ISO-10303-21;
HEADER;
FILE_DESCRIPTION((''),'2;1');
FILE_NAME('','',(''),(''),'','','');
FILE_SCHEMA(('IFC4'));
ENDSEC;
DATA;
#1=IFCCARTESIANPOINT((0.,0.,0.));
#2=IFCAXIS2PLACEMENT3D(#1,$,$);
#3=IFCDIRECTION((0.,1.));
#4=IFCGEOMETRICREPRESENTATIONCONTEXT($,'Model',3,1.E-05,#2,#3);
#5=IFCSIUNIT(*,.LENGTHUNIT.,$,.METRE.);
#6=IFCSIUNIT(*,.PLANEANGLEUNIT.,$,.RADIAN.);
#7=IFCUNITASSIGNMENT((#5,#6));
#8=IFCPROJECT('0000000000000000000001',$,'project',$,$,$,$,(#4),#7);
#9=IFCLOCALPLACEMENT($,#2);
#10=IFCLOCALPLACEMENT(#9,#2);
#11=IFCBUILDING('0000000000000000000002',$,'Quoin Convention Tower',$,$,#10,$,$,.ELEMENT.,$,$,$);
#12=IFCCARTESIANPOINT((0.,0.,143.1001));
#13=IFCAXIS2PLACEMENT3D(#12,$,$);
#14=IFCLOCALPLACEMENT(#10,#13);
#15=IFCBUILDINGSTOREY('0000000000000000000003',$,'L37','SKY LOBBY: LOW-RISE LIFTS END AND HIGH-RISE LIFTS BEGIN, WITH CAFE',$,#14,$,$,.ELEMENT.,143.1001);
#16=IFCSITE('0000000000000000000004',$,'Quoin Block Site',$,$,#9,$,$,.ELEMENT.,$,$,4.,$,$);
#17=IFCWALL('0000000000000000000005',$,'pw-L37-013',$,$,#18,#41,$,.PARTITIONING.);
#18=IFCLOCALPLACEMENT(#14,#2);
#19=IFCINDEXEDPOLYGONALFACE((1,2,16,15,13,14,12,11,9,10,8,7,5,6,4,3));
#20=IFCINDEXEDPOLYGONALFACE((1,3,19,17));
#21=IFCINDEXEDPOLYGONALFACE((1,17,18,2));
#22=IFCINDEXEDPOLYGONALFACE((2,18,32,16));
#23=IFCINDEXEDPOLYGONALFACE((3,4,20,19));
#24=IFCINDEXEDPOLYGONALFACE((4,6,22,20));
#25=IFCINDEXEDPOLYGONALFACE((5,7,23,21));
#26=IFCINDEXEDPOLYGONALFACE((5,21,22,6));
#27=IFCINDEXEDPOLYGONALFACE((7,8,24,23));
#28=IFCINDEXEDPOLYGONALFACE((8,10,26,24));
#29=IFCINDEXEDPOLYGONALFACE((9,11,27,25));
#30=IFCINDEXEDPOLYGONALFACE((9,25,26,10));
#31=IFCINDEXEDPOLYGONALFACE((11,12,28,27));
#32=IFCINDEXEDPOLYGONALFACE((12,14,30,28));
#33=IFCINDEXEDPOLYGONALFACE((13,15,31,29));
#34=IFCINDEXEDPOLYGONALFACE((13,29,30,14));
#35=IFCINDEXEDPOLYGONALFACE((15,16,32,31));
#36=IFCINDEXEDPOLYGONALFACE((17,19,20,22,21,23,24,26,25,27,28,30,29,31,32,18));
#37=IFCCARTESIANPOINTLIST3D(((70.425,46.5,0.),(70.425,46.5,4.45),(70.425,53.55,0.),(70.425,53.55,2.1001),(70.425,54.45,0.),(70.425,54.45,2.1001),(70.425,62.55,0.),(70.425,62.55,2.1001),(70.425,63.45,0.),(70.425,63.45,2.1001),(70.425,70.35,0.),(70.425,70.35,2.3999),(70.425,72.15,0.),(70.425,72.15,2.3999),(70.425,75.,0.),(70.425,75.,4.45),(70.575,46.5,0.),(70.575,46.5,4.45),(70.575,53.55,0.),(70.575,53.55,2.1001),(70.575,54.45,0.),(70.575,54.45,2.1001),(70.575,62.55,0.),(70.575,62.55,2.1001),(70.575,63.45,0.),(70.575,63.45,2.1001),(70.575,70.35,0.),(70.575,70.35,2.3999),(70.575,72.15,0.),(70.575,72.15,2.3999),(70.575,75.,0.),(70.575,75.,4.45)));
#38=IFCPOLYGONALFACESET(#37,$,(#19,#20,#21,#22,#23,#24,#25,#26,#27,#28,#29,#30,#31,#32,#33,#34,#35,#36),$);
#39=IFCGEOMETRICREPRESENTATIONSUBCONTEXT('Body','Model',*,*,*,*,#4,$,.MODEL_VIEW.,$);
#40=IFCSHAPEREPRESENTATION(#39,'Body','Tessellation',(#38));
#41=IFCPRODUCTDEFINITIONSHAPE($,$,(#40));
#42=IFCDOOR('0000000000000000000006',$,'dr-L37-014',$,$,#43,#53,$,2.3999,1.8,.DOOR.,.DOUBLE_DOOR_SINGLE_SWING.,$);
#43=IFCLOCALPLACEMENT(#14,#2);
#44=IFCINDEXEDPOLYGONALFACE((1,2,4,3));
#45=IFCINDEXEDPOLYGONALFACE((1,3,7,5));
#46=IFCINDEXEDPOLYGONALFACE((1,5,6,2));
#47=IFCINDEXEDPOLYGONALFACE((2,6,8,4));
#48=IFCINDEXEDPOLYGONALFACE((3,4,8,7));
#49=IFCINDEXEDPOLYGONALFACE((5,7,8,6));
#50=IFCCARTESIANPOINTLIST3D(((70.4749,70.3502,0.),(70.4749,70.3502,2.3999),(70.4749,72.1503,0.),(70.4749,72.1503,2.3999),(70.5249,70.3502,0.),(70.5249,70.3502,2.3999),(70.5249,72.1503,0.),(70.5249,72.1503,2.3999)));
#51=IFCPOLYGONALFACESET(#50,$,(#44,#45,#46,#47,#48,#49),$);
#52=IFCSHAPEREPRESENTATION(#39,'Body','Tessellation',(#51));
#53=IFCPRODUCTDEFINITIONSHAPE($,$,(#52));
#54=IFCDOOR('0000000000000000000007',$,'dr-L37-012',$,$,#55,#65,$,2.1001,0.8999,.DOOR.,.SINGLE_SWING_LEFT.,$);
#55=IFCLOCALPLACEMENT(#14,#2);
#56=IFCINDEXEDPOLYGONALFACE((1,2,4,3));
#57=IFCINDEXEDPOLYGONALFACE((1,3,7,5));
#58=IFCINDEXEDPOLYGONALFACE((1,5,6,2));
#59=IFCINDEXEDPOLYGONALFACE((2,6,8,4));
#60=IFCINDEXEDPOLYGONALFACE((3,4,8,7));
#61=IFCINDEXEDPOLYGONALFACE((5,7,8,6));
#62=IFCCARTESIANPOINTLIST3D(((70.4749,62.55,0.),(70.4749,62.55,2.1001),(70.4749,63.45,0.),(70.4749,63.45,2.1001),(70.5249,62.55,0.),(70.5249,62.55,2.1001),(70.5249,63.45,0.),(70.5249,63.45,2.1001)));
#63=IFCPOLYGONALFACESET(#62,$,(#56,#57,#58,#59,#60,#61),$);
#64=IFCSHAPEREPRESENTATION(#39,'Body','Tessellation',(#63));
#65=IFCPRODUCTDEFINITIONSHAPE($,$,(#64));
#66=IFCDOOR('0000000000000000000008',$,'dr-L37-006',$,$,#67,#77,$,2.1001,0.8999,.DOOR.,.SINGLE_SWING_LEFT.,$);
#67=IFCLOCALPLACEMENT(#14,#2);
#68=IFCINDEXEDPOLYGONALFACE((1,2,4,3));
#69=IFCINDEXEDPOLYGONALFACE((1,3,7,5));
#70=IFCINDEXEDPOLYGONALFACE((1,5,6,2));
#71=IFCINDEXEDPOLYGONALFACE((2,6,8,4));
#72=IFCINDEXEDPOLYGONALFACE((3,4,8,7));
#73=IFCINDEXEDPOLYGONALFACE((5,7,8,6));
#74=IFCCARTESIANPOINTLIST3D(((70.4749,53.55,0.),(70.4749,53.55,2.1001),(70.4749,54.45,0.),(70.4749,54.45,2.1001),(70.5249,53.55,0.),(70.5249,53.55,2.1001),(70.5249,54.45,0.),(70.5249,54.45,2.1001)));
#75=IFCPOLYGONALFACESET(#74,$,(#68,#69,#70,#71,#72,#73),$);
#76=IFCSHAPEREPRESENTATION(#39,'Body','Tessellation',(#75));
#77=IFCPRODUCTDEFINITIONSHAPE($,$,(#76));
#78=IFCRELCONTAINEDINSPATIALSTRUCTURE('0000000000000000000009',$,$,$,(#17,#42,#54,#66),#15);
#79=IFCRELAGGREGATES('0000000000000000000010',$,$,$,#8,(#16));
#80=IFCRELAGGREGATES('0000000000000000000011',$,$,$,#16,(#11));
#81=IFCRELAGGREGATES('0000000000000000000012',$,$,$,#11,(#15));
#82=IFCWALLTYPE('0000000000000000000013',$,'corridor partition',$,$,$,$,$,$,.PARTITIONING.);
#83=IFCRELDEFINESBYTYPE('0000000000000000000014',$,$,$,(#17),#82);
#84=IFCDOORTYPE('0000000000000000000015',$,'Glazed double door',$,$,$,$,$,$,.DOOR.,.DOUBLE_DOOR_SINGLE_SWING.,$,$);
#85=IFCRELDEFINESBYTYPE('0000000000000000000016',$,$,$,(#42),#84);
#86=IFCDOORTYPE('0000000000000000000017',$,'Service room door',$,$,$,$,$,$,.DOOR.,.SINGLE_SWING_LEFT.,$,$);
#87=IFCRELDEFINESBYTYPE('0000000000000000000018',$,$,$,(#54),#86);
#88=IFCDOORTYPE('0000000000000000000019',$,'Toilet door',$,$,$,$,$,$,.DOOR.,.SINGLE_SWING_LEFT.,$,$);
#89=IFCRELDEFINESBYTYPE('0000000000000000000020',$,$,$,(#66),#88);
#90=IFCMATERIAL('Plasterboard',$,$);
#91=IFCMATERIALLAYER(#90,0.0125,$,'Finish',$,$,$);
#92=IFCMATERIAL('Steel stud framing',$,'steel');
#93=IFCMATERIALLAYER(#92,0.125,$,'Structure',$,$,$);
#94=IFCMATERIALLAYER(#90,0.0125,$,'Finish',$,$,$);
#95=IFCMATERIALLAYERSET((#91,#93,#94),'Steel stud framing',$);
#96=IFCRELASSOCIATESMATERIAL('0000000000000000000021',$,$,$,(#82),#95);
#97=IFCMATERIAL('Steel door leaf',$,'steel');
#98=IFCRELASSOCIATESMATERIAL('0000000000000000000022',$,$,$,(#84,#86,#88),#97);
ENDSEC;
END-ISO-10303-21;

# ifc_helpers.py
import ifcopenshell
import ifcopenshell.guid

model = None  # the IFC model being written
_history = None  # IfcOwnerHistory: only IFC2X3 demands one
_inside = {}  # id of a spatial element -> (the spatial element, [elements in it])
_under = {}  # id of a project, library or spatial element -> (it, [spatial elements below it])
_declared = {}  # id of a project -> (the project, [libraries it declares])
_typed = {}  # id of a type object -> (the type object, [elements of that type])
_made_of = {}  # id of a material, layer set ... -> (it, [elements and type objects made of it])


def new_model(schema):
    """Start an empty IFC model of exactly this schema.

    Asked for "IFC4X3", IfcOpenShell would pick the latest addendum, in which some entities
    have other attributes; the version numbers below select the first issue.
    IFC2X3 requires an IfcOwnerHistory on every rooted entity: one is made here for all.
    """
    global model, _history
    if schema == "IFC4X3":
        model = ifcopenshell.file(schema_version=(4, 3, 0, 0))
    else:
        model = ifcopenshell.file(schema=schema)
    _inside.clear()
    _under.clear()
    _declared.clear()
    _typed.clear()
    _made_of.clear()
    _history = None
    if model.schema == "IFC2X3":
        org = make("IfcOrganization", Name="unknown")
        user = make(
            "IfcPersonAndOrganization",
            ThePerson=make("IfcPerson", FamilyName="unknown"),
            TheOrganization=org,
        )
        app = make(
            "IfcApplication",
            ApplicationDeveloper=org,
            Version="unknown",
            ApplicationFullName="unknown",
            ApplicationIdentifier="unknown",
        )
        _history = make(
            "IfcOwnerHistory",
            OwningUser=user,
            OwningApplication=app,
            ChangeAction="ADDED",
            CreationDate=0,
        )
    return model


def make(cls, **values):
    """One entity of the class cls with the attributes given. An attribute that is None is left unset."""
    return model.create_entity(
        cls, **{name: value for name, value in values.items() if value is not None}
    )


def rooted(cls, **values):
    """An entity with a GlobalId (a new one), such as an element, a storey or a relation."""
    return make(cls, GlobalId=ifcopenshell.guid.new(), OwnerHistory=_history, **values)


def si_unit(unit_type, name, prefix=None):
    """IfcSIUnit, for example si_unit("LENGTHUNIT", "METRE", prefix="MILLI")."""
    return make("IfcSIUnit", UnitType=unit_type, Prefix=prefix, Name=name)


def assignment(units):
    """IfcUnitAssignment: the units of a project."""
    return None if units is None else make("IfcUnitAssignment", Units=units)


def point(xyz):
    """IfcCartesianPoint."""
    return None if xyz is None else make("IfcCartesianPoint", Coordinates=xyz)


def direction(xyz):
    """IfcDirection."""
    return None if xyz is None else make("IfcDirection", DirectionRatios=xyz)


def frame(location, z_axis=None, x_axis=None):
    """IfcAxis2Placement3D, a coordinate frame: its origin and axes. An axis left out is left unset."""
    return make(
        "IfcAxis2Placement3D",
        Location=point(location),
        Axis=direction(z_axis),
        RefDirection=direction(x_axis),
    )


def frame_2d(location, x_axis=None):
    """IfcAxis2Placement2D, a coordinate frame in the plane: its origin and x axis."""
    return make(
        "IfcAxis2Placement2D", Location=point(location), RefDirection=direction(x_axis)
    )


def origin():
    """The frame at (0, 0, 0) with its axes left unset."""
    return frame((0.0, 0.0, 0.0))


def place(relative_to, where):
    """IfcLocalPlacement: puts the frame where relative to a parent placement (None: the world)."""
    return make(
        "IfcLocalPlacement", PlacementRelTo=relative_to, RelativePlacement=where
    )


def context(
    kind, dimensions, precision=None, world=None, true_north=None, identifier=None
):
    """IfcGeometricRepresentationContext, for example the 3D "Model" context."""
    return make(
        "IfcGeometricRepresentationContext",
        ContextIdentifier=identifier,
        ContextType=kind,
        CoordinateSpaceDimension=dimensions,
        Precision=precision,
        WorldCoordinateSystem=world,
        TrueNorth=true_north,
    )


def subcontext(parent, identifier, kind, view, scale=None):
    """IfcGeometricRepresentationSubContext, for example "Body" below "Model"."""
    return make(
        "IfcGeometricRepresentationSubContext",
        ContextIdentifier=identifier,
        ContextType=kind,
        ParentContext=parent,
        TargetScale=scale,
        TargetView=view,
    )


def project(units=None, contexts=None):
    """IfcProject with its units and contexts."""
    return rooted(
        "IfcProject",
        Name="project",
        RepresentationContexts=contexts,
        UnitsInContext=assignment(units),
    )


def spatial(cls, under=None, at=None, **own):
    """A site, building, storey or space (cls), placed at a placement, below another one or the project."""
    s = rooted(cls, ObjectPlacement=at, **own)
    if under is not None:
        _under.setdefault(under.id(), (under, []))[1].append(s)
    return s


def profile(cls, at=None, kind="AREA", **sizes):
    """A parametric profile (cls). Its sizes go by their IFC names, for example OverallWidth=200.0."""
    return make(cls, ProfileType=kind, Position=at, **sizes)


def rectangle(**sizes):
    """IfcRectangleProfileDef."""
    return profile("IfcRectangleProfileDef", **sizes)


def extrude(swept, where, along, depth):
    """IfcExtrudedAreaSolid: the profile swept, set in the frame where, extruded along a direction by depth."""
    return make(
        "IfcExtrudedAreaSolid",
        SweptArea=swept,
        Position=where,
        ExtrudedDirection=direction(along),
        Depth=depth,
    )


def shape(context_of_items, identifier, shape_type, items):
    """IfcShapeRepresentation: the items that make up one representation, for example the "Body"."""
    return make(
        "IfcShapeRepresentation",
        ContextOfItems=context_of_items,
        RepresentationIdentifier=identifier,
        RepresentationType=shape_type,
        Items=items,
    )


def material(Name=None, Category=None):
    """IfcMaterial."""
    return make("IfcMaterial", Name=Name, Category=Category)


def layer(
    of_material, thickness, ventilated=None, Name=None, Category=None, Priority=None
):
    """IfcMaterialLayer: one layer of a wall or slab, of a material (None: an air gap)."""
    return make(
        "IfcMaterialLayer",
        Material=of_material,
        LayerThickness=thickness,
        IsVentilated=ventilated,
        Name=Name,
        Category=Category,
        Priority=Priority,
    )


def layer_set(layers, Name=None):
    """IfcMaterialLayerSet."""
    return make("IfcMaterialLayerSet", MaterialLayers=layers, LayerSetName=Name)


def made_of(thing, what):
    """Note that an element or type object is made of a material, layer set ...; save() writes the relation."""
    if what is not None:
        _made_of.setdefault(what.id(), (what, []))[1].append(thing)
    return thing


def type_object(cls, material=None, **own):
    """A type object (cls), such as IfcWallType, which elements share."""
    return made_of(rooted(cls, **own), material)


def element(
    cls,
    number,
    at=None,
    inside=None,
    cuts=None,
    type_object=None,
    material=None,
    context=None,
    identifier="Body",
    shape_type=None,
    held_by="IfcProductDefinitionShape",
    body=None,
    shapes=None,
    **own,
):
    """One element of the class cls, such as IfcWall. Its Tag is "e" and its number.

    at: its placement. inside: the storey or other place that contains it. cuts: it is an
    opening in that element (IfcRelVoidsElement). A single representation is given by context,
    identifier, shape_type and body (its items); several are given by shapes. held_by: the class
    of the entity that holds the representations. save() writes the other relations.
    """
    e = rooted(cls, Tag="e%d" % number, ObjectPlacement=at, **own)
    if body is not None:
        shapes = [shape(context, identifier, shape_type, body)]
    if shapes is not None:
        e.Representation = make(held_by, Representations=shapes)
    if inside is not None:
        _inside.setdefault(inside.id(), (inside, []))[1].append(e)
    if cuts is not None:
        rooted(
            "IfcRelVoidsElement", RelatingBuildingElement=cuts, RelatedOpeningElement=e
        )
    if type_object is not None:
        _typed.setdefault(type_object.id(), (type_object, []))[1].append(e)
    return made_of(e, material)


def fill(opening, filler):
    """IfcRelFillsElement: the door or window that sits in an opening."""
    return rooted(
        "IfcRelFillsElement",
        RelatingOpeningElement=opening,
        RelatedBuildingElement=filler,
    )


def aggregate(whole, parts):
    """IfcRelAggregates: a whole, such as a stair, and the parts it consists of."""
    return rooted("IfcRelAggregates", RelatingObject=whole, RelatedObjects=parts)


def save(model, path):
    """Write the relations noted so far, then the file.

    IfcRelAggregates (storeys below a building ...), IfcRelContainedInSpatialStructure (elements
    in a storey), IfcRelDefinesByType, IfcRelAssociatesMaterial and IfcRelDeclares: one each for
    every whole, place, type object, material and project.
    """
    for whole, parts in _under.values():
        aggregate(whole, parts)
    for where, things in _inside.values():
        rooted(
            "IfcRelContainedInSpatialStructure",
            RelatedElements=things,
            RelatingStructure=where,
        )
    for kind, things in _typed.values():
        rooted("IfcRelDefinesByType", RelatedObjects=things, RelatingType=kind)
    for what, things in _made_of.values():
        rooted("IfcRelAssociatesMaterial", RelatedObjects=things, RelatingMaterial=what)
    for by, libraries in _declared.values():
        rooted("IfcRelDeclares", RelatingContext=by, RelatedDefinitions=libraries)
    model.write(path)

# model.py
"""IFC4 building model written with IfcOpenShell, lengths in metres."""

from ifc_helpers import new_model, si_unit, direction, frame, frame_2d, origin, place, context, subcontext, project, spatial, rectangle, extrude, material, layer, layer_set, type_object, element, fill, save


model = new_model("IFC4")

# Units and contexts
model_context = context("Model", 3, precision=1e-05, world=origin(), true_north=direction((0.0, 1.0)))
body_context = subcontext(model_context, "Body", "Model", "MODEL_VIEW")
ifc_project = project(units=[si_unit("LENGTHUNIT", "METRE"), si_unit("PLANEANGLEUNIT", "RADIAN")], contexts=[model_context])

# Site, building, storey
site_placement = place(None, origin())
site = spatial("IfcSite", under=ifc_project, at=site_placement, Name="Quoin Block Site", CompositionType="ELEMENT", RefElevation=4.0)
building_placement = place(site_placement, origin())
building = spatial("IfcBuilding", under=site, at=building_placement, Name="Quoin Convention Tower", CompositionType="ELEMENT")
storey_placement = place(building_placement, frame((0.0, 0.0, 143.1001)))
storey = spatial("IfcBuildingStorey", under=building, at=storey_placement, Name="L37", Description="SKY LOBBY: LOW-RISE LIFTS END AND HIGH-RISE LIFTS BEGIN, WITH CAFE", CompositionType="ELEMENT", Elevation=143.1001)

# Wall, openings, doors
ifc_material_1 = material(Name="Plasterboard")
ifc_layer_1 = layer(ifc_material_1, 0.0125, Name="Finish")
ifc_material_2 = material(Name="Steel stud framing", Category="steel")
ifc_layer_2 = layer(ifc_material_2, 0.125, Name="Structure")
ifc_layer_3 = layer(ifc_material_1, 0.0125, Name="Finish")
ifc_layer_set_1 = layer_set([ifc_layer_1, ifc_layer_2, ifc_layer_3], Name="Steel stud framing")
wall_type_1 = type_object("IfcWallType", Name="corridor partition", PredefinedType="PARTITIONING", material=ifc_layer_set_1)
wall_1_placement = place(storey_placement, frame((70.5, 46.5, 0.0), z_axis=(0.0, 0.0, 1.0), x_axis=(0.0, 1.0, 0.0)))
wall_1 = element("IfcWall", 1, at=wall_1_placement, inside=storey, type_object=wall_type_1, Name="pw-L37-013", PredefinedType="PARTITIONING", context=body_context, shape_type="SweptSolid", body=[
    extrude(rectangle(XDim=28.5, YDim=0.1499, at=frame_2d((14.25, 0.0))), origin(), (0.0, 0.0, 1.0), 4.45),
])
opening_1_placement = place(wall_1_placement, frame((7.05, 0.0, 0.0)))
opening_1 = element("IfcOpeningElement", 2, at=opening_1_placement, cuts=wall_1, PredefinedType="OPENING", context=body_context, shape_type="SweptSolid", body=[
    extrude(rectangle(XDim=0.8999, YDim=2.1001, at=frame_2d((0.45, 1.05))), frame((0.0, 0.085, 0.0), z_axis=(0.0, -1.0, 0.0), x_axis=(1.0, 0.0, 0.0)), (0.0, 0.0, 1.0), 0.1699),
])
opening_2_placement = place(wall_1_placement, frame((16.05, 0.0, 0.0)))
opening_2 = element("IfcOpeningElement", 3, at=opening_2_placement, cuts=wall_1, PredefinedType="OPENING", context=body_context, shape_type="SweptSolid", body=[
    extrude(rectangle(XDim=0.8999, YDim=2.1001, at=frame_2d((0.45, 1.05))), frame((0.0, 0.085, 0.0), z_axis=(0.0, -1.0, 0.0), x_axis=(1.0, 0.0, 0.0)), (0.0, 0.0, 1.0), 0.1699),
])
opening_3_placement = place(wall_1_placement, frame((23.8501, 0.0, 0.0)))
opening_3 = element("IfcOpeningElement", 4, at=opening_3_placement, cuts=wall_1, PredefinedType="OPENING", context=body_context, shape_type="SweptSolid", body=[
    extrude(rectangle(XDim=1.8, YDim=2.3999, at=frame_2d((0.8999, 1.2))), frame((0.0, 0.085, 0.0), z_axis=(0.0, -1.0, 0.0), x_axis=(1.0, 0.0, 0.0)), (0.0, 0.0, 1.0), 0.1699),
])
ifc_material_3 = material(Name="Steel door leaf", Category="steel")
door_type_1 = type_object("IfcDoorType", Name="Glazed double door", OperationType="DOUBLE_DOOR_SINGLE_SWING", PredefinedType="DOOR", material=ifc_material_3)
door_1_placement = place(opening_3_placement, frame((1.8, 0.0, 0.0), z_axis=(0.0, 0.0, 1.0), x_axis=(-1.0, 0.0, 0.0)))
door_1 = element("IfcDoor", 5, at=door_1_placement, inside=storey, type_object=door_type_1, Name="dr-L37-014", OperationType="DOUBLE_DOOR_SINGLE_SWING", OverallHeight=2.3999, OverallWidth=1.8, PredefinedType="DOOR", context=body_context, shape_type="SweptSolid", body=[
    extrude(rectangle(XDim=1.8, YDim=2.3999, at=frame_2d((0.8999, 1.2))), frame((0.0, 0.0249, 0.0), z_axis=(0.0, -1.0, 0.0), x_axis=(1.0, 0.0, 0.0)), (0.0, 0.0, 1.0), 0.05),
])
fill(opening_3, door_1)
door_type_2 = type_object("IfcDoorType", Name="Service room door", OperationType="SINGLE_SWING_LEFT", PredefinedType="DOOR", material=ifc_material_3)
door_2_placement = place(opening_2_placement, frame((0.8999, 0.0, 0.0), z_axis=(0.0, 0.0, 1.0), x_axis=(-1.0, 0.0, 0.0)))
door_2 = element("IfcDoor", 6, at=door_2_placement, inside=storey, type_object=door_type_2, Name="dr-L37-012", OperationType="SINGLE_SWING_LEFT", OverallHeight=2.1001, OverallWidth=0.8999, PredefinedType="DOOR", context=body_context, shape_type="SweptSolid", body=[
    extrude(rectangle(XDim=0.8999, YDim=2.1001, at=frame_2d((0.45, 1.05))), frame((0.0, 0.0249, 0.0), z_axis=(0.0, -1.0, 0.0), x_axis=(1.0, 0.0, 0.0)), (0.0, 0.0, 1.0), 0.05),
])
fill(opening_2, door_2)
door_type_3 = type_object("IfcDoorType", Name="Toilet door", OperationType="SINGLE_SWING_LEFT", PredefinedType="DOOR", material=ifc_material_3)
door_3_placement = place(opening_1_placement, frame((0.8999, 0.0, 0.0), z_axis=(0.0, 0.0, 1.0), x_axis=(-1.0, 0.0, 0.0)))
door_3 = element("IfcDoor", 7, at=door_3_placement, inside=storey, type_object=door_type_3, Name="dr-L37-006", OperationType="SINGLE_SWING_LEFT", OverallHeight=2.1001, OverallWidth=0.8999, PredefinedType="DOOR", context=body_context, shape_type="SweptSolid", body=[
    extrude(rectangle(XDim=0.8999, YDim=2.1001, at=frame_2d((0.45, 1.05))), frame((0.0, 0.0249, 0.0), z_axis=(0.0, -1.0, 0.0), x_axis=(1.0, 0.0, 0.0)), (0.0, 0.0, 1.0), 0.05),
])
fill(opening_1, door_3)

save(model, "model.ifc")
